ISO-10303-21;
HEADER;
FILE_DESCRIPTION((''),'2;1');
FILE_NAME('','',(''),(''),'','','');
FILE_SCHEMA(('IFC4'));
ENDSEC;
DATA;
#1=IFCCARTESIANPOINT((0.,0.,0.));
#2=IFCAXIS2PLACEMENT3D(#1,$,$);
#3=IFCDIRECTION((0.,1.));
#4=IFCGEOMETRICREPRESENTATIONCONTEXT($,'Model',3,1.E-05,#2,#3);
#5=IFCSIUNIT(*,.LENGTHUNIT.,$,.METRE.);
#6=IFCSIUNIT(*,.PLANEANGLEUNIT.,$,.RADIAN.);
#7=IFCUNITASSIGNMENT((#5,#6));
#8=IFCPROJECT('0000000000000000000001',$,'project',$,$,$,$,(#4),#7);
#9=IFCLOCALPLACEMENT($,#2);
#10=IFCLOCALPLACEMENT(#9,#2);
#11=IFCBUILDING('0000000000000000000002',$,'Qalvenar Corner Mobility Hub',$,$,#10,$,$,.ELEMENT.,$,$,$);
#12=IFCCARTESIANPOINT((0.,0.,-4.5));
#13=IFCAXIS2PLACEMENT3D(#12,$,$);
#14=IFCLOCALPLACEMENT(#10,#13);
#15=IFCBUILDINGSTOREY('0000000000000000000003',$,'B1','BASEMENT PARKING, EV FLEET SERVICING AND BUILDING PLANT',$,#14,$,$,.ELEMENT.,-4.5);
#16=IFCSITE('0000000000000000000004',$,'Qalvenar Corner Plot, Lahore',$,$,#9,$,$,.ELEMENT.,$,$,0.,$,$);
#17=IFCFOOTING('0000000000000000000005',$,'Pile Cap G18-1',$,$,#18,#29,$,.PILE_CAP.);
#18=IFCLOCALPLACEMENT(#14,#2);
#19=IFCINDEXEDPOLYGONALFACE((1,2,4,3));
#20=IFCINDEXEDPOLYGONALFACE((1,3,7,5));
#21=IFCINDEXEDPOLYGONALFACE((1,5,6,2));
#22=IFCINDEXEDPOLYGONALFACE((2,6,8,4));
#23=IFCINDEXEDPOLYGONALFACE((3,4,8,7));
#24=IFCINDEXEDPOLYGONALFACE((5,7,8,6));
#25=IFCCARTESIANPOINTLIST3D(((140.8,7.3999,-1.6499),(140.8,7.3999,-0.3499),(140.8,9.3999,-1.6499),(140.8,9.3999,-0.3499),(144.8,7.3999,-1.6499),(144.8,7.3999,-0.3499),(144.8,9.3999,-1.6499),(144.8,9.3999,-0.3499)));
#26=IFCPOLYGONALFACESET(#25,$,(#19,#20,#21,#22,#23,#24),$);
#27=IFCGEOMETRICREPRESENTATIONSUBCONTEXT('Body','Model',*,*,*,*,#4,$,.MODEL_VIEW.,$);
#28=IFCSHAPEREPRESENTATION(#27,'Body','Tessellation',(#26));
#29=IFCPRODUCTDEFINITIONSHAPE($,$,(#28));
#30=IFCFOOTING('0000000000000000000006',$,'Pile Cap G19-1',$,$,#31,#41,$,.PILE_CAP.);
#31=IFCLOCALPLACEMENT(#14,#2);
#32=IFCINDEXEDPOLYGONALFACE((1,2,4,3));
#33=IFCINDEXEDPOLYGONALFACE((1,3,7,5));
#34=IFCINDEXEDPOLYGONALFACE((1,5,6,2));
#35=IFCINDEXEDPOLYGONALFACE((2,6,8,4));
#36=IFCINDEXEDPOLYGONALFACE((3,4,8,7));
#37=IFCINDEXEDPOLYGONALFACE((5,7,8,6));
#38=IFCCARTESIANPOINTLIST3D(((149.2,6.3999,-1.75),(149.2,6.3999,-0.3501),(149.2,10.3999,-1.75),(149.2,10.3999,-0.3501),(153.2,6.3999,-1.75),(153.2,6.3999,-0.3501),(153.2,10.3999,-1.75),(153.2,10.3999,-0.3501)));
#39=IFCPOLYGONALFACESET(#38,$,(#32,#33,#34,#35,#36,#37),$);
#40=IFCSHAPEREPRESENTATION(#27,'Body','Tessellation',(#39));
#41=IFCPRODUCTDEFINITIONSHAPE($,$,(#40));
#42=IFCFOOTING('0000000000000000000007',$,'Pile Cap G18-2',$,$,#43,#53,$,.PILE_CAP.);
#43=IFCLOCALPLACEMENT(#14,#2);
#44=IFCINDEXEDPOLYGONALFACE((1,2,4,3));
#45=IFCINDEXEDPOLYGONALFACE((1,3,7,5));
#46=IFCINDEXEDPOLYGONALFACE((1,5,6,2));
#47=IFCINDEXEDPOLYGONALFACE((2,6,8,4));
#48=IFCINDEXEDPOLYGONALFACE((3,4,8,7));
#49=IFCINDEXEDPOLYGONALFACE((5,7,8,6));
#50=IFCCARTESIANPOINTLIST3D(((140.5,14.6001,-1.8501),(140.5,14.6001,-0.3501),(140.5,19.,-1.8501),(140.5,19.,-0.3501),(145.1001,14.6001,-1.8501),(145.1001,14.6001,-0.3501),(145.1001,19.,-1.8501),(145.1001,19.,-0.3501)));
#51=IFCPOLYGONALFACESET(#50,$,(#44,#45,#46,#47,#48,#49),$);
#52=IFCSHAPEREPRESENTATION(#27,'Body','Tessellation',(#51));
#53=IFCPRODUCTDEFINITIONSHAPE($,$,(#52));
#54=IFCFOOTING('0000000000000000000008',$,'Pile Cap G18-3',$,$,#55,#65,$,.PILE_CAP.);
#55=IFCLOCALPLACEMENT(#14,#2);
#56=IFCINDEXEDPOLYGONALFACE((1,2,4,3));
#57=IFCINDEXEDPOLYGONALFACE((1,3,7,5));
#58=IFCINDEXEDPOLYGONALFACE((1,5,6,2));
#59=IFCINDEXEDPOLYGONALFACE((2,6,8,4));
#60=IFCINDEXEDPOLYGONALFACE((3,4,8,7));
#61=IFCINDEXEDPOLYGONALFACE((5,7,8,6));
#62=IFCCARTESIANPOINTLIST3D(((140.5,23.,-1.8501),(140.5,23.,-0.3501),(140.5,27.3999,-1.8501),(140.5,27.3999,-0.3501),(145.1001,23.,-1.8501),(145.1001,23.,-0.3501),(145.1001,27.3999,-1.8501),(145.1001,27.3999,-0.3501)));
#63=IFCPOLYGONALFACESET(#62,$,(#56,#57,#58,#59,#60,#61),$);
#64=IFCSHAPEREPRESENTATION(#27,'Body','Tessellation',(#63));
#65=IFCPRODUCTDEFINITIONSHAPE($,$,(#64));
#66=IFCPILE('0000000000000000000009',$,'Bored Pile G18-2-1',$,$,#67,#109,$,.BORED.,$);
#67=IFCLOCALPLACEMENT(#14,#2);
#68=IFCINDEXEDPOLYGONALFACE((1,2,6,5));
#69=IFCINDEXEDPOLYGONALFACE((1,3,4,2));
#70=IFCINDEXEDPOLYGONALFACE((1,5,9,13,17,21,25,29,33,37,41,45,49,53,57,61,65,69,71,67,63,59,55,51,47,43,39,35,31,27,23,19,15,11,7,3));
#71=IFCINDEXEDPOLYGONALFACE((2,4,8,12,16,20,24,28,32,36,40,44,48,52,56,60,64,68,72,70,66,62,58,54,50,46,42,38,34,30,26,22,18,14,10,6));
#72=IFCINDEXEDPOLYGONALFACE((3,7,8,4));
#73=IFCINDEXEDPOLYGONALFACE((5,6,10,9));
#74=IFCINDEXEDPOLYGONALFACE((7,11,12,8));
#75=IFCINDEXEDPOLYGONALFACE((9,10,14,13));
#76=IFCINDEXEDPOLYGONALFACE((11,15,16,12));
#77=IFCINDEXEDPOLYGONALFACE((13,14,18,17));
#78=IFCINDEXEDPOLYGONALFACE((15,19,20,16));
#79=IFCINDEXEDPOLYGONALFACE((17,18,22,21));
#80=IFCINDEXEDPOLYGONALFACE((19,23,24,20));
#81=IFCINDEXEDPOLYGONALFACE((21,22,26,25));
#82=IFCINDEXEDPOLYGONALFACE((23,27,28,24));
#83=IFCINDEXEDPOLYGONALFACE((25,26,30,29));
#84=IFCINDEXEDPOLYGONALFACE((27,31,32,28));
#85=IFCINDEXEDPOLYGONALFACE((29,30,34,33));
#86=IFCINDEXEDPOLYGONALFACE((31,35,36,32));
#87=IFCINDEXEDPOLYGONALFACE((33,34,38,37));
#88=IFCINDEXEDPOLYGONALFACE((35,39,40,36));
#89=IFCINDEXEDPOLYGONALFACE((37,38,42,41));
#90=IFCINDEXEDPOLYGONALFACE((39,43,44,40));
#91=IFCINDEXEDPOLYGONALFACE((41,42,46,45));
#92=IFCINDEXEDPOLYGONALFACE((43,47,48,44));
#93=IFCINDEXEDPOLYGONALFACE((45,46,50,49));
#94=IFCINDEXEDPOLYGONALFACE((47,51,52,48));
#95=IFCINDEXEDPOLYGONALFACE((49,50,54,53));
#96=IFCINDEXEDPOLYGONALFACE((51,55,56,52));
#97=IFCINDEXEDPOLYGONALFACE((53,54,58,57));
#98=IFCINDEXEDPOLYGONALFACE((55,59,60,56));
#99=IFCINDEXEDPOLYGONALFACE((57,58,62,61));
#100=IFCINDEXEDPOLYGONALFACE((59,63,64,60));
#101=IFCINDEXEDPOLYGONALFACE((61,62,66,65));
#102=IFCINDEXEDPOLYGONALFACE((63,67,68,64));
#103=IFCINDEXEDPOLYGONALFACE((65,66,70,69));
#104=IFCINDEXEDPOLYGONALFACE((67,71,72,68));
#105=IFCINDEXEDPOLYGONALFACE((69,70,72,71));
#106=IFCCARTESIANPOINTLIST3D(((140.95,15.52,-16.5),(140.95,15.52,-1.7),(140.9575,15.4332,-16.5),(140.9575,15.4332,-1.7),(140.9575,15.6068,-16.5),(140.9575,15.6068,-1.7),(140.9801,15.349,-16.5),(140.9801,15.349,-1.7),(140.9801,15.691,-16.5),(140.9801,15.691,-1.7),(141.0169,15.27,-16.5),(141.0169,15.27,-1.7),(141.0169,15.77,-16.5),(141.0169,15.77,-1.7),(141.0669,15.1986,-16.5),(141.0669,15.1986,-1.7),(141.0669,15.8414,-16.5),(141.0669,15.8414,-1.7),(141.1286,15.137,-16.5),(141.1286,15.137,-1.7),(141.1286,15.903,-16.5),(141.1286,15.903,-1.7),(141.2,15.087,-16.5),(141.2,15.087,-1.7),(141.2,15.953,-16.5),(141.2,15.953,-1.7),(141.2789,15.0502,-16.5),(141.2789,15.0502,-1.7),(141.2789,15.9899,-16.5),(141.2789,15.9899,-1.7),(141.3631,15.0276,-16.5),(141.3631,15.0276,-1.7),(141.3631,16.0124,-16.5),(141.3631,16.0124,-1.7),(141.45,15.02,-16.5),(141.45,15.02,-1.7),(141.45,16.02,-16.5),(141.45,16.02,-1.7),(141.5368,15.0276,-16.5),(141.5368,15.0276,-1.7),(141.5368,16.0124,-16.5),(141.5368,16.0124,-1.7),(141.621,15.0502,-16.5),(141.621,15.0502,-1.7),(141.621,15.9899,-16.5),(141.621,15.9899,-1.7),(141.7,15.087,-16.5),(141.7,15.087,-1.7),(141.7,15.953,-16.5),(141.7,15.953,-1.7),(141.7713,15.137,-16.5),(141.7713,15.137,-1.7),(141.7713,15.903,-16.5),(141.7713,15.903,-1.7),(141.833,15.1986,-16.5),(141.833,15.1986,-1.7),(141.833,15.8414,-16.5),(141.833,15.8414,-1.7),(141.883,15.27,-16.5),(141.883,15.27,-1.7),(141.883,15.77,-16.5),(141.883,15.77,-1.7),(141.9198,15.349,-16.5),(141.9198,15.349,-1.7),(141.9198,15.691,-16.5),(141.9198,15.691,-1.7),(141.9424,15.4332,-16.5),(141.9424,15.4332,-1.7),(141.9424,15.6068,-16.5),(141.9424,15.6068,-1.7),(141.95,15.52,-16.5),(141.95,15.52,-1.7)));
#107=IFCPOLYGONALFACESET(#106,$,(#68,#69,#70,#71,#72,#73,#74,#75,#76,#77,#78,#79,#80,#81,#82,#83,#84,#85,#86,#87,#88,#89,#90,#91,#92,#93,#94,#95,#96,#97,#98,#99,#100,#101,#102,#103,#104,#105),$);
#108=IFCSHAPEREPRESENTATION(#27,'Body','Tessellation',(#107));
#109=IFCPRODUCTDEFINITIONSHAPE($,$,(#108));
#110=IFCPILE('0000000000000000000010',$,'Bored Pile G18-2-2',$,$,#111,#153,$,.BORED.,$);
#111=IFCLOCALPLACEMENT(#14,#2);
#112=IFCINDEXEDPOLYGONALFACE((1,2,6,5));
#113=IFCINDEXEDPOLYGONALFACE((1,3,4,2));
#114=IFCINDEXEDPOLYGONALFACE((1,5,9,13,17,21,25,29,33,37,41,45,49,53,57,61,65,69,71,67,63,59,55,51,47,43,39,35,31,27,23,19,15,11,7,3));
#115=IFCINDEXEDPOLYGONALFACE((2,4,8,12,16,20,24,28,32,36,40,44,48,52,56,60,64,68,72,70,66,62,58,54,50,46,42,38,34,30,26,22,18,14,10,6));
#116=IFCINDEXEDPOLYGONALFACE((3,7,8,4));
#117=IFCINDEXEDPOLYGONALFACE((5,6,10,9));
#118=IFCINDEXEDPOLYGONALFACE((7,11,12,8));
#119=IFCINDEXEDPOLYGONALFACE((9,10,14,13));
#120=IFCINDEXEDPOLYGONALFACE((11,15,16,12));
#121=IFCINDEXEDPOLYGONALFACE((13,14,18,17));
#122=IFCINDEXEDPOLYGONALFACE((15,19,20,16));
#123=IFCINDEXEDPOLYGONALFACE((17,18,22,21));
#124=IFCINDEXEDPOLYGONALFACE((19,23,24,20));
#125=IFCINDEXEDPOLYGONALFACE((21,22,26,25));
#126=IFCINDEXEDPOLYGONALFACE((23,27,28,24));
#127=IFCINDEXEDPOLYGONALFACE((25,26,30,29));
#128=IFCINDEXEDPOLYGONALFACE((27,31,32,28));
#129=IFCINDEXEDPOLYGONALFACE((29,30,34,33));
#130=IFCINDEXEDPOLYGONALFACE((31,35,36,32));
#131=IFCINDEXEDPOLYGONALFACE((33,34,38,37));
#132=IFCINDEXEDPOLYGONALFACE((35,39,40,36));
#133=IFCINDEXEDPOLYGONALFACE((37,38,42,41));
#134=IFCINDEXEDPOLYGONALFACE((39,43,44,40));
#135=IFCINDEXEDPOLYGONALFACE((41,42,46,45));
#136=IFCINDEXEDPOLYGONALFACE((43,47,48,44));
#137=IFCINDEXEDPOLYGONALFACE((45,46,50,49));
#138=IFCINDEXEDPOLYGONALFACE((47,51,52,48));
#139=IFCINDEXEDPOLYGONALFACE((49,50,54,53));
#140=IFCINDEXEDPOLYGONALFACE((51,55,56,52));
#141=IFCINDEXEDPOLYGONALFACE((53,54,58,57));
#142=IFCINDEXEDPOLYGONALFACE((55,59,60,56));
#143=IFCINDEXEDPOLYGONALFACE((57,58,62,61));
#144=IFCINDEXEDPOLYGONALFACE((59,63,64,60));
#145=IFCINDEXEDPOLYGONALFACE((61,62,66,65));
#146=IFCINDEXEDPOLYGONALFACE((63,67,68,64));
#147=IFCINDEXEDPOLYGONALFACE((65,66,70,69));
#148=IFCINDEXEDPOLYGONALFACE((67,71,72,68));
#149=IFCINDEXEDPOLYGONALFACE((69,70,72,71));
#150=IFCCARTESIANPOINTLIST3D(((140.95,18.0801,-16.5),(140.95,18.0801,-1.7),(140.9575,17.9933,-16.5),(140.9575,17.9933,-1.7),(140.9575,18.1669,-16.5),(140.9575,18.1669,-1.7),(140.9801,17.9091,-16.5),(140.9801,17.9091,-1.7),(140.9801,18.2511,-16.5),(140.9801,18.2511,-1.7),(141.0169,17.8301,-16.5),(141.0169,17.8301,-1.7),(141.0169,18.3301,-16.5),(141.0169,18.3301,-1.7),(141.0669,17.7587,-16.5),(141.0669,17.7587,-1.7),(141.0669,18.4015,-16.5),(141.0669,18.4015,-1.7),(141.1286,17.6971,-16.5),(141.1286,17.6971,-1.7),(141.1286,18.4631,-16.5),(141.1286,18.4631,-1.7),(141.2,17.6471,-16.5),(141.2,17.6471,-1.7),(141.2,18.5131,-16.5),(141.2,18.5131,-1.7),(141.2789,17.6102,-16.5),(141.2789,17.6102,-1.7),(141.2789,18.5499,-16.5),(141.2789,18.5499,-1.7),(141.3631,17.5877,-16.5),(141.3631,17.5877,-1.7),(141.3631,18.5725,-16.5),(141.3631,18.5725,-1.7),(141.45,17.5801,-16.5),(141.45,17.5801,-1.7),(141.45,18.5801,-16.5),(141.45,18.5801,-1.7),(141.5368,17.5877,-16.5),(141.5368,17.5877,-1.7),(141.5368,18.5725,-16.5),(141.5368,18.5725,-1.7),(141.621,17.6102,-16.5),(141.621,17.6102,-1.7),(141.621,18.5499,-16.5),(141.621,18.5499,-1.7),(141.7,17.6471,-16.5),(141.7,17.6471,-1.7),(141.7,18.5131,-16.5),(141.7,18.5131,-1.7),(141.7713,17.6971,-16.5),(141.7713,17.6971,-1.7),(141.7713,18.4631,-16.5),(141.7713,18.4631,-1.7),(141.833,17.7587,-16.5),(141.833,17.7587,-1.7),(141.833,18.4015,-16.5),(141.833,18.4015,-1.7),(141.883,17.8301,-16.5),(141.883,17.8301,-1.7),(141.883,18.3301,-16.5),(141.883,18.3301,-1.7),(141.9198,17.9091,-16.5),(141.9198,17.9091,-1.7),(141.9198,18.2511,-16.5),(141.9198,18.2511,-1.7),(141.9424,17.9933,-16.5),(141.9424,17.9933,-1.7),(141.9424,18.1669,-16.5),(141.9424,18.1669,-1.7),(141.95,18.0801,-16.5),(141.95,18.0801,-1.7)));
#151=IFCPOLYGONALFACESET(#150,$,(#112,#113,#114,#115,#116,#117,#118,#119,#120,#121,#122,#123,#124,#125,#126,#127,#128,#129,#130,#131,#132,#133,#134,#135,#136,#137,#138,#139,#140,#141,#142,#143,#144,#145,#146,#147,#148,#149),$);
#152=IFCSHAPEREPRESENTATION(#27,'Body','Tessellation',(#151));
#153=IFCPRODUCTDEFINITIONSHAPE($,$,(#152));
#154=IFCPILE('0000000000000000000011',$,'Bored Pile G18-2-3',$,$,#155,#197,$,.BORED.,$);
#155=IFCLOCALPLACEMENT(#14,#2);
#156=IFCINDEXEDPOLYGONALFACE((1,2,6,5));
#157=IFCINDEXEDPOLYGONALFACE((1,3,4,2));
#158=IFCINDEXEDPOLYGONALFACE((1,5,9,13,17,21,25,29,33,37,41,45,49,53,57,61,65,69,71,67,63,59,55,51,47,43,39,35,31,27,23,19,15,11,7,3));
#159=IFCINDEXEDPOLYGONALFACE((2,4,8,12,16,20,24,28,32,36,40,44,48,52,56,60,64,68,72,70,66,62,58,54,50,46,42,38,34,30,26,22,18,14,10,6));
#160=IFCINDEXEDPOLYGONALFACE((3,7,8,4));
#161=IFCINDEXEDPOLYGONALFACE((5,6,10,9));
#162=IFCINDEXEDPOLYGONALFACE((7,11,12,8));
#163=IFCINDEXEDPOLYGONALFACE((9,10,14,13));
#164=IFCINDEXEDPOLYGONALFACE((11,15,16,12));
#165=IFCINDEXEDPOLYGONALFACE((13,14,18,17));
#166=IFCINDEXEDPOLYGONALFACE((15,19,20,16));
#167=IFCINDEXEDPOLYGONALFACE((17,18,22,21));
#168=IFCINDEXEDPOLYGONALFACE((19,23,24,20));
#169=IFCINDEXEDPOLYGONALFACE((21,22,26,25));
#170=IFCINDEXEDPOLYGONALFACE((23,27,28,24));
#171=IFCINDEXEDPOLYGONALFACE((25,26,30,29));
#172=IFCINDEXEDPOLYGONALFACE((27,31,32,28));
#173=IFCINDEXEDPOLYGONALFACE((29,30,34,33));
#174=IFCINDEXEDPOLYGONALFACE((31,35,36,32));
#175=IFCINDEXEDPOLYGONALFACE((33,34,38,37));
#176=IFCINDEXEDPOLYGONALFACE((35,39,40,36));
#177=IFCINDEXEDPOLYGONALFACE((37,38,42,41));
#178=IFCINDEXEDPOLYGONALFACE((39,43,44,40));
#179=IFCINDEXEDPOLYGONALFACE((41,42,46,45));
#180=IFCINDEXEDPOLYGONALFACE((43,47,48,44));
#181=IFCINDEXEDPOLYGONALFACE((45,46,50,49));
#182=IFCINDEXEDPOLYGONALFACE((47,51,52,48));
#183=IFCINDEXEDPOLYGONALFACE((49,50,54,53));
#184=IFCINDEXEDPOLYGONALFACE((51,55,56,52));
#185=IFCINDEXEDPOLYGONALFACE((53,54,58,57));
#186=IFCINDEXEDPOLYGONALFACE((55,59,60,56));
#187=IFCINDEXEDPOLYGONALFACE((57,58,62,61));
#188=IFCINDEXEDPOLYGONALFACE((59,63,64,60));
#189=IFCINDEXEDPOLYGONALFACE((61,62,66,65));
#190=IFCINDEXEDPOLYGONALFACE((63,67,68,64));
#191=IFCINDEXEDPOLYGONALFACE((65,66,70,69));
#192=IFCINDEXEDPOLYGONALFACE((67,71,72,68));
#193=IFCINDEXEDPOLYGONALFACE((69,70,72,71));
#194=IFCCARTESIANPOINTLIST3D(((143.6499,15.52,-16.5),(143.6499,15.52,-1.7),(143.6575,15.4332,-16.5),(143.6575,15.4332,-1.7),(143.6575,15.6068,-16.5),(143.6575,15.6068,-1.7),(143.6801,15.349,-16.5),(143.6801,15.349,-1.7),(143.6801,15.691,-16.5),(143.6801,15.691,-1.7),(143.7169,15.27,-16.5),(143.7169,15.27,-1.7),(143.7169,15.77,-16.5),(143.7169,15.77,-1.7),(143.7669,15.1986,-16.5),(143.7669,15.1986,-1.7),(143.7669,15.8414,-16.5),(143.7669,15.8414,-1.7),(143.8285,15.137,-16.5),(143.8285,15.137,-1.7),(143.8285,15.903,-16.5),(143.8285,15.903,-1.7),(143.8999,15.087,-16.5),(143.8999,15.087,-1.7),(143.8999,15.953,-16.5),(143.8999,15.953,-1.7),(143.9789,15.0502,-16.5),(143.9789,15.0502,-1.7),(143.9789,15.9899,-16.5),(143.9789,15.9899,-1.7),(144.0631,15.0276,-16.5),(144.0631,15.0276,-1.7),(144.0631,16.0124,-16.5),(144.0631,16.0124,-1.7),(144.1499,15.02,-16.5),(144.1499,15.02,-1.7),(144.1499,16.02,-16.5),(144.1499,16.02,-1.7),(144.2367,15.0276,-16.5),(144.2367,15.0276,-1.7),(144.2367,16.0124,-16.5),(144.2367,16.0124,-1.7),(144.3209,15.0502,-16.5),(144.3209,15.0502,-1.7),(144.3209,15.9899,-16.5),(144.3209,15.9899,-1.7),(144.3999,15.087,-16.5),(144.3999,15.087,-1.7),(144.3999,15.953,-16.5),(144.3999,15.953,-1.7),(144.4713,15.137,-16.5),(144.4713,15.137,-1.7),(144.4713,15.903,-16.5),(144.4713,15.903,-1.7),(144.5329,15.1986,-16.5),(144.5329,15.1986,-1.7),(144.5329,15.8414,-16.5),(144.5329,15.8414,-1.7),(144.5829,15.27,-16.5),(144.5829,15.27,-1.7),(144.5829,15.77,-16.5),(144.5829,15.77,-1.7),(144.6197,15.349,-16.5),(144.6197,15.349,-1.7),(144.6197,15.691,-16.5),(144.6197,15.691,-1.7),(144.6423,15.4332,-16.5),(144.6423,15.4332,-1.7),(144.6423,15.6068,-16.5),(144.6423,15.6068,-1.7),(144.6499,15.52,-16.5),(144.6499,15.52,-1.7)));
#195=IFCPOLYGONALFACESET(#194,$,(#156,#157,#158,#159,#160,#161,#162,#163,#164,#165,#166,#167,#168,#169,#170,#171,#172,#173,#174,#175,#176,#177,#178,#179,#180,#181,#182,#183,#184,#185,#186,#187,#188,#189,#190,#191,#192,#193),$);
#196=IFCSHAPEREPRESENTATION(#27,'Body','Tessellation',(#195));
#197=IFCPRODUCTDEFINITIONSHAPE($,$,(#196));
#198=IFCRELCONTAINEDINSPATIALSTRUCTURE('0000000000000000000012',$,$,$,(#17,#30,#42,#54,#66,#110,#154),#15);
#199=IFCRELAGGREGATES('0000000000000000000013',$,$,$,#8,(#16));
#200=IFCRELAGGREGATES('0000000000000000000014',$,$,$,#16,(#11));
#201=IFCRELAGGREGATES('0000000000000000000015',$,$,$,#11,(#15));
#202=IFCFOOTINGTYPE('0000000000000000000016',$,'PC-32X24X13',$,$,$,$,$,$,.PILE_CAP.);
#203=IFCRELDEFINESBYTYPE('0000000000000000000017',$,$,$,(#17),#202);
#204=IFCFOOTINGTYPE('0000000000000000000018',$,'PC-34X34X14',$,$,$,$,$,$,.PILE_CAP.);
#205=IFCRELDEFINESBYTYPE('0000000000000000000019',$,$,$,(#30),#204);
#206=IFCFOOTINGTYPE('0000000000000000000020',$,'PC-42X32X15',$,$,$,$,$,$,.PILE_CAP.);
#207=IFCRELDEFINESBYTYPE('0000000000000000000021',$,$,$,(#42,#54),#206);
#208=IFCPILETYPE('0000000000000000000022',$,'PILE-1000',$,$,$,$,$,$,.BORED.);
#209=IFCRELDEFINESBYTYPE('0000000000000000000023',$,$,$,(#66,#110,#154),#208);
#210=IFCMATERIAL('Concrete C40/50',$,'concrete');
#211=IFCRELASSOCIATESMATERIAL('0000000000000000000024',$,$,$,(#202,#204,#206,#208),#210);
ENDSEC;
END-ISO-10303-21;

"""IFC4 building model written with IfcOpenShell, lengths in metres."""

from ifc_helpers import new_model, si_unit, direction, frame, origin, origin_2d, place, context, subcontext, project, spatial, rectangle, circle, extrude, material, material_profile, profile_set, type_object, element, save


model = new_model("IFC4")

# Units and contexts
model_context = context("Model", 3, precision=1e-05, world=origin(), true_north=direction((0.0, 1.0)))
body_context = subcontext(model_context, "Body", "Model", "MODEL_VIEW")
ifc_project = project(units=[si_unit("LENGTHUNIT", "METRE"), si_unit("PLANEANGLEUNIT", "RADIAN")], contexts=[model_context])

# Site, building, storey
site_placement = place(None, origin())
site = spatial("IfcSite", under=ifc_project, at=site_placement, Name="Qalvenar Corner Plot, Lahore", CompositionType="ELEMENT", RefElevation=0.0)
building_placement = place(site_placement, origin())
building = spatial("IfcBuilding", under=site, at=building_placement, Name="Qalvenar Corner Mobility Hub", CompositionType="ELEMENT")
storey_placement = place(building_placement, frame((0.0, 0.0, -4.5)))
storey = spatial("IfcBuildingStorey", under=building, at=storey_placement, Name="B1", Description="BASEMENT PARKING, EV FLEET SERVICING AND BUILDING PLANT", CompositionType="ELEMENT", Elevation=-4.5)

# Footings
ifc_material_1 = material(Name="Concrete C40/50", Category="concrete")
footing_type_1 = type_object("IfcFootingType", Name="PC-32X24X13", PredefinedType="PILE_CAP", material=ifc_material_1)
footing_1_placement = place(storey_placement, frame((142.8, 8.3999, -1.6499), z_axis=(0.0, 0.0, 1.0), x_axis=(1.0, 0.0, 0.0)))
element("IfcFooting", 1, at=footing_1_placement, inside=storey, type_object=footing_type_1, Name="Pile Cap G18-1", PredefinedType="PILE_CAP", context=body_context, shape_type="SweptSolid", body=[
    extrude(rectangle(XDim=4.0, YDim=2.0, at=origin_2d()), origin(), (0.0, 0.0, 1.0), 1.3),
])
footing_type_2 = type_object("IfcFootingType", Name="PC-34X34X14", PredefinedType="PILE_CAP", material=ifc_material_1)
footing_2_placement = place(storey_placement, frame((151.2, 8.3999, -1.75), z_axis=(0.0, 0.0, 1.0), x_axis=(1.0, 0.0, 0.0)))
element("IfcFooting", 2, at=footing_2_placement, inside=storey, type_object=footing_type_2, Name="Pile Cap G19-1", PredefinedType="PILE_CAP", context=body_context, shape_type="SweptSolid", body=[
    extrude(rectangle(XDim=4.0, YDim=4.0, at=origin_2d()), origin(), (0.0, 0.0, 1.0), 1.3999),
])
footing_type_3 = type_object("IfcFootingType", Name="PC-42X32X15", PredefinedType="PILE_CAP", material=ifc_material_1)
for number, where, z_axis, x_axis, name in (
    (3, (142.8, 16.8, -1.8501), (0.0, 0.0, 1.0), (1.0, 0.0, 0.0), "Pile Cap G18-2"),
    (4, (142.8, 25.2, -1.8501), (0.0, 0.0, 1.0), (1.0, 0.0, 0.0), "Pile Cap G18-3"),
):
    element("IfcFooting", number, at=place(storey_placement, frame(where, z_axis=z_axis, x_axis=x_axis)), inside=storey, type_object=footing_type_3, Name=name, PredefinedType="PILE_CAP", context=body_context, shape_type="SweptSolid", body=[
        extrude(rectangle(XDim=4.6001, YDim=4.3999, at=origin_2d()), origin(), (0.0, 0.0, 1.0), 1.5),
    ])

# Piles
ifc_material_profile_1 = material_profile(ifc_material_1, circle(Radius=0.5, at=origin_2d()), Name="DIA1000")
ifc_profile_set_1 = profile_set([ifc_material_profile_1], Name="Concrete C40/50")
pile_type_1 = type_object("IfcPileType", Name="PILE-1000", PredefinedType="BORED", material=ifc_profile_set_1)
for number, where, z_axis, x_axis, name in (
    (5, (141.45, 15.52, -1.7), (0.0, 0.0, -1.0), (1.0, 0.0, 0.0), "Bored Pile G18-2-1"),
    (6, (141.45, 18.0801, -1.7), (0.0, 0.0, -1.0), (1.0, 0.0, 0.0), "Bored Pile G18-2-2"),
    (7, (144.1499, 15.52, -1.7), (0.0, 0.0, -1.0), (1.0, 0.0, 0.0), "Bored Pile G18-2-3"),
):
    element("IfcPile", number, at=place(storey_placement, frame(where, z_axis=z_axis, x_axis=x_axis)), inside=storey, type_object=pile_type_1, Name=name, PredefinedType="BORED", context=body_context, shape_type="SweptSolid", body=[
        extrude(circle(Radius=0.5, at=origin_2d()), origin(), (0.0, 0.0, 1.0), 14.8),
    ])

save(model, "model.ifc")
